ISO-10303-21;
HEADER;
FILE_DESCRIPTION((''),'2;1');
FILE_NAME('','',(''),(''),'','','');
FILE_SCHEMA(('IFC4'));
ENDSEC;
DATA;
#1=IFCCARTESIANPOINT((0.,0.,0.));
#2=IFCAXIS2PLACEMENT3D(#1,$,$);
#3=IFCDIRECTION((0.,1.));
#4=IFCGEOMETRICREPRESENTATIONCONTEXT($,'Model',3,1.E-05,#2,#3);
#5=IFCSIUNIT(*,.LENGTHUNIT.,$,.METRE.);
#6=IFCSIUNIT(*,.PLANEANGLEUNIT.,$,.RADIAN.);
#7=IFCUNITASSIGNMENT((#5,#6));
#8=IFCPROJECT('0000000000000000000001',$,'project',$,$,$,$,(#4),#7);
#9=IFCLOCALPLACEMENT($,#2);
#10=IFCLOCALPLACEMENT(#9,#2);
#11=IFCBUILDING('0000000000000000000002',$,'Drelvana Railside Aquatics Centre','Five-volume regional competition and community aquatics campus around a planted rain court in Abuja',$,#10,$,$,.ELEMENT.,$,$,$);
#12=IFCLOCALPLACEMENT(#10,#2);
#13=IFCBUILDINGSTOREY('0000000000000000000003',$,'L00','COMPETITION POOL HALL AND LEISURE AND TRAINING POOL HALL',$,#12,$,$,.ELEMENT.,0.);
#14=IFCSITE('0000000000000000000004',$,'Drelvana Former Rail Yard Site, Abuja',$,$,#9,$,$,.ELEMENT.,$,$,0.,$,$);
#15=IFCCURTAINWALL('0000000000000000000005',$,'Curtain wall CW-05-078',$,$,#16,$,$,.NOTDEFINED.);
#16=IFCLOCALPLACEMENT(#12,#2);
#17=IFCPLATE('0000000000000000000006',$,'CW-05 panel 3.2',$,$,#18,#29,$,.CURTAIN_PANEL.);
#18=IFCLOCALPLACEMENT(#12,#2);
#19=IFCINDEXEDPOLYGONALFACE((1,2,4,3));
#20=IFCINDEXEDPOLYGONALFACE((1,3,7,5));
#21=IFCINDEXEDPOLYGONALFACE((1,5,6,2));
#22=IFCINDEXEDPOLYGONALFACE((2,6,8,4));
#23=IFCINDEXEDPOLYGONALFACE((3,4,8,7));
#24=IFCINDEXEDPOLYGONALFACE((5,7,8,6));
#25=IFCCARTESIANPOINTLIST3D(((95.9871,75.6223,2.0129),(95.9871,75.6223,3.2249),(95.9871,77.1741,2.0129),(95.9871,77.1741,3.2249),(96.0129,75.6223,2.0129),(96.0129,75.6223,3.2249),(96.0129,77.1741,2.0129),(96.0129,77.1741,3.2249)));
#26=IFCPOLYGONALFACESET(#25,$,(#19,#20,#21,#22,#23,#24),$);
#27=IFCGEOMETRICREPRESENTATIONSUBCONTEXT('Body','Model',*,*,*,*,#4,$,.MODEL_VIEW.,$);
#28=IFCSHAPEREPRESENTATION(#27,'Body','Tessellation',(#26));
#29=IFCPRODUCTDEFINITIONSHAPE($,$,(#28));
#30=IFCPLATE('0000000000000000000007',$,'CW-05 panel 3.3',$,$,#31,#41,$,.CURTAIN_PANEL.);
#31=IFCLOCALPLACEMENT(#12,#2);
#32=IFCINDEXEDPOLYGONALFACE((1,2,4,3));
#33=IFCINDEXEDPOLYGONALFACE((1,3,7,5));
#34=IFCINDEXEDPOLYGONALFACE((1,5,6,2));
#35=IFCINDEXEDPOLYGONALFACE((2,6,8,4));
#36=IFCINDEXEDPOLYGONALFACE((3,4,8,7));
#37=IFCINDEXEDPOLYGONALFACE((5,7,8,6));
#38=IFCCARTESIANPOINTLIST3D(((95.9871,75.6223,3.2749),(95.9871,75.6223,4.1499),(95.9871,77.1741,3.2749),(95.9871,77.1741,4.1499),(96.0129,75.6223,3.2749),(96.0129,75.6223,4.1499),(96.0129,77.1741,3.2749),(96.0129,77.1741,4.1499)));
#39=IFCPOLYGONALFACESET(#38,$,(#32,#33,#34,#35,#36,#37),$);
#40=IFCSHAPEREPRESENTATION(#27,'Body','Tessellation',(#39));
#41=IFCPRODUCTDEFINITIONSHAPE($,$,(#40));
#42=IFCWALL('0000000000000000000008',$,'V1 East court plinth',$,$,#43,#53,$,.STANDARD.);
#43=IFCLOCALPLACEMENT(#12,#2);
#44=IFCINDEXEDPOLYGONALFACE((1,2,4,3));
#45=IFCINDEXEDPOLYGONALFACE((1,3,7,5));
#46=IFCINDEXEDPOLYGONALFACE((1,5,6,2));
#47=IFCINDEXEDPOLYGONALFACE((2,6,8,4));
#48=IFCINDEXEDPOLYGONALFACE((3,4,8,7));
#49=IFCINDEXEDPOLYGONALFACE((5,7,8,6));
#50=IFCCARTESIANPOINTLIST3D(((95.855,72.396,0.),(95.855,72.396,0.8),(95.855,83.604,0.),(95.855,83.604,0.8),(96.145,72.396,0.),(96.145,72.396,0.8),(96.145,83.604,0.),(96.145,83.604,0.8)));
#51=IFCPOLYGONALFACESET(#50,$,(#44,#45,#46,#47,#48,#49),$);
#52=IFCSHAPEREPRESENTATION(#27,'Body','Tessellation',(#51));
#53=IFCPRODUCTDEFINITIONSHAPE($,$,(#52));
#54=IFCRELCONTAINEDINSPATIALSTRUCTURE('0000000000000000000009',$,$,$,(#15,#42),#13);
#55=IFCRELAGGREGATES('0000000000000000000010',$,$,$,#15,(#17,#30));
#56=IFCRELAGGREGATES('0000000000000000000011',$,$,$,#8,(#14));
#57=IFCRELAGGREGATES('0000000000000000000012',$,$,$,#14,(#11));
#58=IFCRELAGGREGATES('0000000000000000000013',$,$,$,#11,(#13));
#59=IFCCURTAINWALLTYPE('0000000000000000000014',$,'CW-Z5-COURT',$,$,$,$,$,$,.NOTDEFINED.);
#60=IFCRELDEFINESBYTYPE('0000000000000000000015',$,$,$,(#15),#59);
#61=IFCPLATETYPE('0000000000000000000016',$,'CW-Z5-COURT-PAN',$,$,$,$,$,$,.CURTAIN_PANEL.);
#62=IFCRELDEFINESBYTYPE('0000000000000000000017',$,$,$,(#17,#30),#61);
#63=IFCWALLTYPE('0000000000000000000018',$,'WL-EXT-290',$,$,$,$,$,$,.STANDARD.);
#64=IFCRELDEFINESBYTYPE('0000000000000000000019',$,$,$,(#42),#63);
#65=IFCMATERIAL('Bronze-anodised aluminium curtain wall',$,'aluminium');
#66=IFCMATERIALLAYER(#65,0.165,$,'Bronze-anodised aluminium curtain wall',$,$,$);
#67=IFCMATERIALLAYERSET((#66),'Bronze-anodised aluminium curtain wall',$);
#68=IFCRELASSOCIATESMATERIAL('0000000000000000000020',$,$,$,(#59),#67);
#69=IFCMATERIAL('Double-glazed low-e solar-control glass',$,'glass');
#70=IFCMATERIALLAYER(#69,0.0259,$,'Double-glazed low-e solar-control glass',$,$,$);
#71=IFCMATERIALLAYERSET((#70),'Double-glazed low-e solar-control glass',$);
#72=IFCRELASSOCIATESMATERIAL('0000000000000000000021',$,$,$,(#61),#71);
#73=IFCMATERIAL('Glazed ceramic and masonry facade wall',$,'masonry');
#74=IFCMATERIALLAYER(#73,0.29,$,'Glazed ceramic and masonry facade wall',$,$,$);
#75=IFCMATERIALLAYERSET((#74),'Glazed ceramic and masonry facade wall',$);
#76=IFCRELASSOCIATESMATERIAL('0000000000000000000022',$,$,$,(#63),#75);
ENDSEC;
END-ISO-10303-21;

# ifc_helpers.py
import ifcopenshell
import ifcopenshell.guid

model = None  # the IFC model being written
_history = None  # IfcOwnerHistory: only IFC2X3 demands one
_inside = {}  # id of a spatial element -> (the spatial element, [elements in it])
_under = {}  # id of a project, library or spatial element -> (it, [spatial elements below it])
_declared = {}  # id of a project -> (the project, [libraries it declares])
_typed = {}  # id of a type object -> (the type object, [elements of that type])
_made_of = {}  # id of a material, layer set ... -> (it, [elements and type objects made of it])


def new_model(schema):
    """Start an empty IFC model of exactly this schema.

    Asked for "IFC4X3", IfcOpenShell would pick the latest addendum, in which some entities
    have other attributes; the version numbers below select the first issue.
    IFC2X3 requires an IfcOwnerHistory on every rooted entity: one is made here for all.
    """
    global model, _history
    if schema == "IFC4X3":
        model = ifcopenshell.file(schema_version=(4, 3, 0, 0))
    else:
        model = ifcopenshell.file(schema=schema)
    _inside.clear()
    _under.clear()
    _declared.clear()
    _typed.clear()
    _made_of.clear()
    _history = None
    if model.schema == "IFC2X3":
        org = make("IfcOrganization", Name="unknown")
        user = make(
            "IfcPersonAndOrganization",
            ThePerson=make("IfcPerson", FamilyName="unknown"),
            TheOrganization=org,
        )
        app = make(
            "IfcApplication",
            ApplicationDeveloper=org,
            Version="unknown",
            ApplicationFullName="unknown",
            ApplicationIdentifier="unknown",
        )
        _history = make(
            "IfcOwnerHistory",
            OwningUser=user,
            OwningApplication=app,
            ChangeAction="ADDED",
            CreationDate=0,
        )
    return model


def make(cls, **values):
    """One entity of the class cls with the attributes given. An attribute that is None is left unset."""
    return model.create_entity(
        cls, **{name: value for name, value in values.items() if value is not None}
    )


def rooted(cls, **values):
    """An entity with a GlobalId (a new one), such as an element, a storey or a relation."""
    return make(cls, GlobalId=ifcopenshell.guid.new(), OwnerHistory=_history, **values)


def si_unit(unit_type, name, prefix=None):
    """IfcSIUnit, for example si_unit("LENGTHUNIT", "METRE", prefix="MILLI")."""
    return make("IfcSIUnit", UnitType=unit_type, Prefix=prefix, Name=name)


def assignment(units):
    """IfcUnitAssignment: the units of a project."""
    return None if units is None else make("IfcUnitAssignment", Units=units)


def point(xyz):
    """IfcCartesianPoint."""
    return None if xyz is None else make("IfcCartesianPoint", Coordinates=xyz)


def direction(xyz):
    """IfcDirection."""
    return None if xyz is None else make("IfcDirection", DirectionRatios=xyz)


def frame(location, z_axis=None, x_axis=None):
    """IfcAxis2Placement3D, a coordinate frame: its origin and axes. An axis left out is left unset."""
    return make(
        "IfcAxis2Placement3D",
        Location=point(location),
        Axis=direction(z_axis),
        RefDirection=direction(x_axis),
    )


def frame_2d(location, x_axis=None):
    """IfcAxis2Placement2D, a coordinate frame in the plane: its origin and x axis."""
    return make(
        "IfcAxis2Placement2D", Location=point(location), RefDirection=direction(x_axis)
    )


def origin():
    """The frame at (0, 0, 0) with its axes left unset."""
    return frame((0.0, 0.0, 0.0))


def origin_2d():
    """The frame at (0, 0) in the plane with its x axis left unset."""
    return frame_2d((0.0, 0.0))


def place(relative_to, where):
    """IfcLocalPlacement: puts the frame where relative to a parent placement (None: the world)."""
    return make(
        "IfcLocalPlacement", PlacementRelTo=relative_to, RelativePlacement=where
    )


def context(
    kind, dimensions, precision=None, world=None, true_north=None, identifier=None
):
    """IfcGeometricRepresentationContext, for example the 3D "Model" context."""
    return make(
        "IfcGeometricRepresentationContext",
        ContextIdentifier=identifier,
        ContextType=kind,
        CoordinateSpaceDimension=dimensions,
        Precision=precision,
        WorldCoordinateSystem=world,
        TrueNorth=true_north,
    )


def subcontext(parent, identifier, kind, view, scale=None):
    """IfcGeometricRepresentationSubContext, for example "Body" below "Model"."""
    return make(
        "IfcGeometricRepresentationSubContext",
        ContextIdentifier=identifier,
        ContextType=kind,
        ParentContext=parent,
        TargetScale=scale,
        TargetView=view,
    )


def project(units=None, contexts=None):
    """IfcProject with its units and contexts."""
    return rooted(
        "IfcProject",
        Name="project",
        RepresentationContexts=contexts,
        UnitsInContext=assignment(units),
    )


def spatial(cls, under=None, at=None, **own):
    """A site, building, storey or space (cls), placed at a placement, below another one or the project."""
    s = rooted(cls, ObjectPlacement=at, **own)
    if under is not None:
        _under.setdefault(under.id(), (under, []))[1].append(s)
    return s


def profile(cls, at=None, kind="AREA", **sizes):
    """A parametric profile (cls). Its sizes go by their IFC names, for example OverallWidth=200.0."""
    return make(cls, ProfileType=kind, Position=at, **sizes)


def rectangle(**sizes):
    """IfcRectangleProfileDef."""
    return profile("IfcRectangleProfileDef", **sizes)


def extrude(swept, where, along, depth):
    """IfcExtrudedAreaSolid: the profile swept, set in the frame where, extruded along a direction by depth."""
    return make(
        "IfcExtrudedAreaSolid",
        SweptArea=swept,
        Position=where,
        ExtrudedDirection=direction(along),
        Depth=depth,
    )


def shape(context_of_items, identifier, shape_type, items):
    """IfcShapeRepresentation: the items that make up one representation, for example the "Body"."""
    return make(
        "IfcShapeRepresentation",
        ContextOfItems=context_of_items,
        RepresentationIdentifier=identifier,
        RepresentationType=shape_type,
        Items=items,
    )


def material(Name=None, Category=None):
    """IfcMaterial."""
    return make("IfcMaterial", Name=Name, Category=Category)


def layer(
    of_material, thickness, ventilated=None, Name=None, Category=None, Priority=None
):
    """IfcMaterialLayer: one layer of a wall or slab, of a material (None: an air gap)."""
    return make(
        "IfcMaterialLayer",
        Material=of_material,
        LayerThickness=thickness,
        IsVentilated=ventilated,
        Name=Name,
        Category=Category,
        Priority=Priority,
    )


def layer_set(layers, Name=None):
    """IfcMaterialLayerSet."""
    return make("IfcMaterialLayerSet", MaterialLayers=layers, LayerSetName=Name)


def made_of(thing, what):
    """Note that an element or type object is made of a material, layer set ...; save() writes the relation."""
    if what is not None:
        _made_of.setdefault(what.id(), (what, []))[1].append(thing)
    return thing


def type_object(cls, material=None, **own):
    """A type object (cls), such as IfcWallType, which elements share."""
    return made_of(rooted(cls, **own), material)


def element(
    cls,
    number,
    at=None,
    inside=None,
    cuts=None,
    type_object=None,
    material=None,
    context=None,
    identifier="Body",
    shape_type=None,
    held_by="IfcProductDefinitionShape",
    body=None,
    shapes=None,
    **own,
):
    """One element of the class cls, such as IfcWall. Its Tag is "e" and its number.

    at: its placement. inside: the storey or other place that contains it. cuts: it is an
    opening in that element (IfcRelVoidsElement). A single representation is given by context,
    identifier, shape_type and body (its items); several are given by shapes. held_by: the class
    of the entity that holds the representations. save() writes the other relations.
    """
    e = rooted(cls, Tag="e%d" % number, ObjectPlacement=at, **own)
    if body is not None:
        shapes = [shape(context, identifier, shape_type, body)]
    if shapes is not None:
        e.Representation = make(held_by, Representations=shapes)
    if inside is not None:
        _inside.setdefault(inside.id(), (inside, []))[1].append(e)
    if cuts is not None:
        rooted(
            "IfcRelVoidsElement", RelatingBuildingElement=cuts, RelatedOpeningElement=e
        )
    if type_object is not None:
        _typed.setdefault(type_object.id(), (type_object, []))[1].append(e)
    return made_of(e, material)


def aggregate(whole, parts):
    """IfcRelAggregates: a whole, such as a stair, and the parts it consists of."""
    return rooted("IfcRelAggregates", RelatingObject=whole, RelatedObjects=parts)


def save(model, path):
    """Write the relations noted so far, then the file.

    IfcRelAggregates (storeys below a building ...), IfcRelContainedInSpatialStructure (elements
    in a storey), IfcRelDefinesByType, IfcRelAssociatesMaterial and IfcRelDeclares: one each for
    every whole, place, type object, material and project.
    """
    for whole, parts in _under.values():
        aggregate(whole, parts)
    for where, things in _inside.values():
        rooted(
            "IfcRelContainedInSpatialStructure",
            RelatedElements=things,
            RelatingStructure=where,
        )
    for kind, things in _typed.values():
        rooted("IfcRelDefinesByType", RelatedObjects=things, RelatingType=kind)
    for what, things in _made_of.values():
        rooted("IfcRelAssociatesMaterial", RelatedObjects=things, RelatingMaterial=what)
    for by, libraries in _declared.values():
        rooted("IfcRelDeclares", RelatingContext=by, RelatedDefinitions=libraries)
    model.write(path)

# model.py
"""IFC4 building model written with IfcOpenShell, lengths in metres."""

from ifc_helpers import new_model, si_unit, direction, frame, frame_2d, origin, origin_2d, place, context, subcontext, project, spatial, rectangle, extrude, material, layer, layer_set, type_object, element, aggregate, save


model = new_model("IFC4")

# Units and contexts
model_context = context("Model", 3, precision=1e-05, world=origin(), true_north=direction((0.0, 1.0)))
body_context = subcontext(model_context, "Body", "Model", "MODEL_VIEW")
ifc_project = project(units=[si_unit("LENGTHUNIT", "METRE"), si_unit("PLANEANGLEUNIT", "RADIAN")], contexts=[model_context])

# Site, building, storey
site_placement = place(None, origin())
site = spatial("IfcSite", under=ifc_project, at=site_placement, Name="Drelvana Former Rail Yard Site, Abuja", CompositionType="ELEMENT", RefElevation=0.0)
building_placement = place(site_placement, origin())
building = spatial("IfcBuilding", under=site, at=building_placement, Name="Drelvana Railside Aquatics Centre", Description="Five-volume regional competition and community aquatics campus around a planted rain court in Abuja", CompositionType="ELEMENT")
storey_placement = place(building_placement, origin())
storey = spatial("IfcBuildingStorey", under=building, at=storey_placement, Name="L00", Description="COMPETITION POOL HALL AND LEISURE AND TRAINING POOL HALL", CompositionType="ELEMENT", Elevation=0.0)

# Shared definitions
ifc_material_1 = material(Name="Bronze-anodised aluminium curtain wall", Category="aluminium")
ifc_layer_1 = layer(ifc_material_1, 0.165, Name="Bronze-anodised aluminium curtain wall")
ifc_layer_set_1 = layer_set([ifc_layer_1], Name="Bronze-anodised aluminium curtain wall")
curtain_wall_type = type_object("IfcCurtainWallType", Name="CW-Z5-COURT", PredefinedType="NOTDEFINED", material=ifc_layer_set_1)

# Curtain wall
curtain_wall_1_placement = place(storey_placement, origin())
curtain_wall_1 = element("IfcCurtainWall", 1, at=curtain_wall_1_placement, inside=storey, type_object=curtain_wall_type, Name="Curtain wall CW-05-078", PredefinedType="NOTDEFINED")

# Plates
ifc_material_2 = material(Name="Double-glazed low-e solar-control glass", Category="glass")
ifc_layer_2 = layer(ifc_material_2, 0.0259, Name="Double-glazed low-e solar-control glass")
ifc_layer_set_2 = layer_set([ifc_layer_2], Name="Double-glazed low-e solar-control glass")
plate_type = type_object("IfcPlateType", Name="CW-Z5-COURT-PAN", PredefinedType="CURTAIN_PANEL", material=ifc_layer_set_2)
plate_1_placement = place(storey_placement, frame((96.0, 76.3982, 2.0129), z_axis=(0.0, 0.0, 1.0), x_axis=(0.0, 1.0, 0.0)))
plate_1 = element("IfcPlate", 2, at=plate_1_placement, type_object=plate_type, Name="CW-05 panel 3.2", PredefinedType="CURTAIN_PANEL", context=body_context, shape_type="SweptSolid", body=[
    extrude(rectangle(XDim=1.5518, YDim=0.0259, at=origin_2d()), origin(), (0.0, 0.0, 1.0), 1.2119),
])
plate_2_placement = place(storey_placement, frame((96.0, 76.3982, 3.2749), z_axis=(0.0, 0.0, 1.0), x_axis=(0.0, 1.0, 0.0)))
plate_2 = element("IfcPlate", 3, at=plate_2_placement, type_object=plate_type, Name="CW-05 panel 3.3", PredefinedType="CURTAIN_PANEL", context=body_context, shape_type="SweptSolid", body=[
    extrude(rectangle(XDim=1.5518, YDim=0.0259, at=origin_2d()), origin(), (0.0, 0.0, 1.0), 0.875),
])
aggregate(curtain_wall_1, [plate_1, plate_2])

# Wall
ifc_material_3 = material(Name="Glazed ceramic and masonry facade wall", Category="masonry")
ifc_layer_3 = layer(ifc_material_3, 0.29, Name="Glazed ceramic and masonry facade wall")
ifc_layer_set_3 = layer_set([ifc_layer_3], Name="Glazed ceramic and masonry facade wall")
wall_type = type_object("IfcWallType", Name="WL-EXT-290", PredefinedType="STANDARD", material=ifc_layer_set_3)
wall_placement = place(storey_placement, frame((96.0, 72.396, 0.0), z_axis=(0.0, 0.0, 1.0), x_axis=(0.0, 1.0, 0.0)))
element("IfcWall", 4, at=wall_placement, inside=storey, type_object=wall_type, Name="V1 East court plinth", PredefinedType="STANDARD", context=body_context, shape_type="SweptSolid", body=[
    extrude(rectangle(XDim=11.208, YDim=0.29, at=frame_2d((5.604, 0.0))), origin(), (0.0, 0.0, 1.0), 0.8),
])

save(model, "model.ifc")
